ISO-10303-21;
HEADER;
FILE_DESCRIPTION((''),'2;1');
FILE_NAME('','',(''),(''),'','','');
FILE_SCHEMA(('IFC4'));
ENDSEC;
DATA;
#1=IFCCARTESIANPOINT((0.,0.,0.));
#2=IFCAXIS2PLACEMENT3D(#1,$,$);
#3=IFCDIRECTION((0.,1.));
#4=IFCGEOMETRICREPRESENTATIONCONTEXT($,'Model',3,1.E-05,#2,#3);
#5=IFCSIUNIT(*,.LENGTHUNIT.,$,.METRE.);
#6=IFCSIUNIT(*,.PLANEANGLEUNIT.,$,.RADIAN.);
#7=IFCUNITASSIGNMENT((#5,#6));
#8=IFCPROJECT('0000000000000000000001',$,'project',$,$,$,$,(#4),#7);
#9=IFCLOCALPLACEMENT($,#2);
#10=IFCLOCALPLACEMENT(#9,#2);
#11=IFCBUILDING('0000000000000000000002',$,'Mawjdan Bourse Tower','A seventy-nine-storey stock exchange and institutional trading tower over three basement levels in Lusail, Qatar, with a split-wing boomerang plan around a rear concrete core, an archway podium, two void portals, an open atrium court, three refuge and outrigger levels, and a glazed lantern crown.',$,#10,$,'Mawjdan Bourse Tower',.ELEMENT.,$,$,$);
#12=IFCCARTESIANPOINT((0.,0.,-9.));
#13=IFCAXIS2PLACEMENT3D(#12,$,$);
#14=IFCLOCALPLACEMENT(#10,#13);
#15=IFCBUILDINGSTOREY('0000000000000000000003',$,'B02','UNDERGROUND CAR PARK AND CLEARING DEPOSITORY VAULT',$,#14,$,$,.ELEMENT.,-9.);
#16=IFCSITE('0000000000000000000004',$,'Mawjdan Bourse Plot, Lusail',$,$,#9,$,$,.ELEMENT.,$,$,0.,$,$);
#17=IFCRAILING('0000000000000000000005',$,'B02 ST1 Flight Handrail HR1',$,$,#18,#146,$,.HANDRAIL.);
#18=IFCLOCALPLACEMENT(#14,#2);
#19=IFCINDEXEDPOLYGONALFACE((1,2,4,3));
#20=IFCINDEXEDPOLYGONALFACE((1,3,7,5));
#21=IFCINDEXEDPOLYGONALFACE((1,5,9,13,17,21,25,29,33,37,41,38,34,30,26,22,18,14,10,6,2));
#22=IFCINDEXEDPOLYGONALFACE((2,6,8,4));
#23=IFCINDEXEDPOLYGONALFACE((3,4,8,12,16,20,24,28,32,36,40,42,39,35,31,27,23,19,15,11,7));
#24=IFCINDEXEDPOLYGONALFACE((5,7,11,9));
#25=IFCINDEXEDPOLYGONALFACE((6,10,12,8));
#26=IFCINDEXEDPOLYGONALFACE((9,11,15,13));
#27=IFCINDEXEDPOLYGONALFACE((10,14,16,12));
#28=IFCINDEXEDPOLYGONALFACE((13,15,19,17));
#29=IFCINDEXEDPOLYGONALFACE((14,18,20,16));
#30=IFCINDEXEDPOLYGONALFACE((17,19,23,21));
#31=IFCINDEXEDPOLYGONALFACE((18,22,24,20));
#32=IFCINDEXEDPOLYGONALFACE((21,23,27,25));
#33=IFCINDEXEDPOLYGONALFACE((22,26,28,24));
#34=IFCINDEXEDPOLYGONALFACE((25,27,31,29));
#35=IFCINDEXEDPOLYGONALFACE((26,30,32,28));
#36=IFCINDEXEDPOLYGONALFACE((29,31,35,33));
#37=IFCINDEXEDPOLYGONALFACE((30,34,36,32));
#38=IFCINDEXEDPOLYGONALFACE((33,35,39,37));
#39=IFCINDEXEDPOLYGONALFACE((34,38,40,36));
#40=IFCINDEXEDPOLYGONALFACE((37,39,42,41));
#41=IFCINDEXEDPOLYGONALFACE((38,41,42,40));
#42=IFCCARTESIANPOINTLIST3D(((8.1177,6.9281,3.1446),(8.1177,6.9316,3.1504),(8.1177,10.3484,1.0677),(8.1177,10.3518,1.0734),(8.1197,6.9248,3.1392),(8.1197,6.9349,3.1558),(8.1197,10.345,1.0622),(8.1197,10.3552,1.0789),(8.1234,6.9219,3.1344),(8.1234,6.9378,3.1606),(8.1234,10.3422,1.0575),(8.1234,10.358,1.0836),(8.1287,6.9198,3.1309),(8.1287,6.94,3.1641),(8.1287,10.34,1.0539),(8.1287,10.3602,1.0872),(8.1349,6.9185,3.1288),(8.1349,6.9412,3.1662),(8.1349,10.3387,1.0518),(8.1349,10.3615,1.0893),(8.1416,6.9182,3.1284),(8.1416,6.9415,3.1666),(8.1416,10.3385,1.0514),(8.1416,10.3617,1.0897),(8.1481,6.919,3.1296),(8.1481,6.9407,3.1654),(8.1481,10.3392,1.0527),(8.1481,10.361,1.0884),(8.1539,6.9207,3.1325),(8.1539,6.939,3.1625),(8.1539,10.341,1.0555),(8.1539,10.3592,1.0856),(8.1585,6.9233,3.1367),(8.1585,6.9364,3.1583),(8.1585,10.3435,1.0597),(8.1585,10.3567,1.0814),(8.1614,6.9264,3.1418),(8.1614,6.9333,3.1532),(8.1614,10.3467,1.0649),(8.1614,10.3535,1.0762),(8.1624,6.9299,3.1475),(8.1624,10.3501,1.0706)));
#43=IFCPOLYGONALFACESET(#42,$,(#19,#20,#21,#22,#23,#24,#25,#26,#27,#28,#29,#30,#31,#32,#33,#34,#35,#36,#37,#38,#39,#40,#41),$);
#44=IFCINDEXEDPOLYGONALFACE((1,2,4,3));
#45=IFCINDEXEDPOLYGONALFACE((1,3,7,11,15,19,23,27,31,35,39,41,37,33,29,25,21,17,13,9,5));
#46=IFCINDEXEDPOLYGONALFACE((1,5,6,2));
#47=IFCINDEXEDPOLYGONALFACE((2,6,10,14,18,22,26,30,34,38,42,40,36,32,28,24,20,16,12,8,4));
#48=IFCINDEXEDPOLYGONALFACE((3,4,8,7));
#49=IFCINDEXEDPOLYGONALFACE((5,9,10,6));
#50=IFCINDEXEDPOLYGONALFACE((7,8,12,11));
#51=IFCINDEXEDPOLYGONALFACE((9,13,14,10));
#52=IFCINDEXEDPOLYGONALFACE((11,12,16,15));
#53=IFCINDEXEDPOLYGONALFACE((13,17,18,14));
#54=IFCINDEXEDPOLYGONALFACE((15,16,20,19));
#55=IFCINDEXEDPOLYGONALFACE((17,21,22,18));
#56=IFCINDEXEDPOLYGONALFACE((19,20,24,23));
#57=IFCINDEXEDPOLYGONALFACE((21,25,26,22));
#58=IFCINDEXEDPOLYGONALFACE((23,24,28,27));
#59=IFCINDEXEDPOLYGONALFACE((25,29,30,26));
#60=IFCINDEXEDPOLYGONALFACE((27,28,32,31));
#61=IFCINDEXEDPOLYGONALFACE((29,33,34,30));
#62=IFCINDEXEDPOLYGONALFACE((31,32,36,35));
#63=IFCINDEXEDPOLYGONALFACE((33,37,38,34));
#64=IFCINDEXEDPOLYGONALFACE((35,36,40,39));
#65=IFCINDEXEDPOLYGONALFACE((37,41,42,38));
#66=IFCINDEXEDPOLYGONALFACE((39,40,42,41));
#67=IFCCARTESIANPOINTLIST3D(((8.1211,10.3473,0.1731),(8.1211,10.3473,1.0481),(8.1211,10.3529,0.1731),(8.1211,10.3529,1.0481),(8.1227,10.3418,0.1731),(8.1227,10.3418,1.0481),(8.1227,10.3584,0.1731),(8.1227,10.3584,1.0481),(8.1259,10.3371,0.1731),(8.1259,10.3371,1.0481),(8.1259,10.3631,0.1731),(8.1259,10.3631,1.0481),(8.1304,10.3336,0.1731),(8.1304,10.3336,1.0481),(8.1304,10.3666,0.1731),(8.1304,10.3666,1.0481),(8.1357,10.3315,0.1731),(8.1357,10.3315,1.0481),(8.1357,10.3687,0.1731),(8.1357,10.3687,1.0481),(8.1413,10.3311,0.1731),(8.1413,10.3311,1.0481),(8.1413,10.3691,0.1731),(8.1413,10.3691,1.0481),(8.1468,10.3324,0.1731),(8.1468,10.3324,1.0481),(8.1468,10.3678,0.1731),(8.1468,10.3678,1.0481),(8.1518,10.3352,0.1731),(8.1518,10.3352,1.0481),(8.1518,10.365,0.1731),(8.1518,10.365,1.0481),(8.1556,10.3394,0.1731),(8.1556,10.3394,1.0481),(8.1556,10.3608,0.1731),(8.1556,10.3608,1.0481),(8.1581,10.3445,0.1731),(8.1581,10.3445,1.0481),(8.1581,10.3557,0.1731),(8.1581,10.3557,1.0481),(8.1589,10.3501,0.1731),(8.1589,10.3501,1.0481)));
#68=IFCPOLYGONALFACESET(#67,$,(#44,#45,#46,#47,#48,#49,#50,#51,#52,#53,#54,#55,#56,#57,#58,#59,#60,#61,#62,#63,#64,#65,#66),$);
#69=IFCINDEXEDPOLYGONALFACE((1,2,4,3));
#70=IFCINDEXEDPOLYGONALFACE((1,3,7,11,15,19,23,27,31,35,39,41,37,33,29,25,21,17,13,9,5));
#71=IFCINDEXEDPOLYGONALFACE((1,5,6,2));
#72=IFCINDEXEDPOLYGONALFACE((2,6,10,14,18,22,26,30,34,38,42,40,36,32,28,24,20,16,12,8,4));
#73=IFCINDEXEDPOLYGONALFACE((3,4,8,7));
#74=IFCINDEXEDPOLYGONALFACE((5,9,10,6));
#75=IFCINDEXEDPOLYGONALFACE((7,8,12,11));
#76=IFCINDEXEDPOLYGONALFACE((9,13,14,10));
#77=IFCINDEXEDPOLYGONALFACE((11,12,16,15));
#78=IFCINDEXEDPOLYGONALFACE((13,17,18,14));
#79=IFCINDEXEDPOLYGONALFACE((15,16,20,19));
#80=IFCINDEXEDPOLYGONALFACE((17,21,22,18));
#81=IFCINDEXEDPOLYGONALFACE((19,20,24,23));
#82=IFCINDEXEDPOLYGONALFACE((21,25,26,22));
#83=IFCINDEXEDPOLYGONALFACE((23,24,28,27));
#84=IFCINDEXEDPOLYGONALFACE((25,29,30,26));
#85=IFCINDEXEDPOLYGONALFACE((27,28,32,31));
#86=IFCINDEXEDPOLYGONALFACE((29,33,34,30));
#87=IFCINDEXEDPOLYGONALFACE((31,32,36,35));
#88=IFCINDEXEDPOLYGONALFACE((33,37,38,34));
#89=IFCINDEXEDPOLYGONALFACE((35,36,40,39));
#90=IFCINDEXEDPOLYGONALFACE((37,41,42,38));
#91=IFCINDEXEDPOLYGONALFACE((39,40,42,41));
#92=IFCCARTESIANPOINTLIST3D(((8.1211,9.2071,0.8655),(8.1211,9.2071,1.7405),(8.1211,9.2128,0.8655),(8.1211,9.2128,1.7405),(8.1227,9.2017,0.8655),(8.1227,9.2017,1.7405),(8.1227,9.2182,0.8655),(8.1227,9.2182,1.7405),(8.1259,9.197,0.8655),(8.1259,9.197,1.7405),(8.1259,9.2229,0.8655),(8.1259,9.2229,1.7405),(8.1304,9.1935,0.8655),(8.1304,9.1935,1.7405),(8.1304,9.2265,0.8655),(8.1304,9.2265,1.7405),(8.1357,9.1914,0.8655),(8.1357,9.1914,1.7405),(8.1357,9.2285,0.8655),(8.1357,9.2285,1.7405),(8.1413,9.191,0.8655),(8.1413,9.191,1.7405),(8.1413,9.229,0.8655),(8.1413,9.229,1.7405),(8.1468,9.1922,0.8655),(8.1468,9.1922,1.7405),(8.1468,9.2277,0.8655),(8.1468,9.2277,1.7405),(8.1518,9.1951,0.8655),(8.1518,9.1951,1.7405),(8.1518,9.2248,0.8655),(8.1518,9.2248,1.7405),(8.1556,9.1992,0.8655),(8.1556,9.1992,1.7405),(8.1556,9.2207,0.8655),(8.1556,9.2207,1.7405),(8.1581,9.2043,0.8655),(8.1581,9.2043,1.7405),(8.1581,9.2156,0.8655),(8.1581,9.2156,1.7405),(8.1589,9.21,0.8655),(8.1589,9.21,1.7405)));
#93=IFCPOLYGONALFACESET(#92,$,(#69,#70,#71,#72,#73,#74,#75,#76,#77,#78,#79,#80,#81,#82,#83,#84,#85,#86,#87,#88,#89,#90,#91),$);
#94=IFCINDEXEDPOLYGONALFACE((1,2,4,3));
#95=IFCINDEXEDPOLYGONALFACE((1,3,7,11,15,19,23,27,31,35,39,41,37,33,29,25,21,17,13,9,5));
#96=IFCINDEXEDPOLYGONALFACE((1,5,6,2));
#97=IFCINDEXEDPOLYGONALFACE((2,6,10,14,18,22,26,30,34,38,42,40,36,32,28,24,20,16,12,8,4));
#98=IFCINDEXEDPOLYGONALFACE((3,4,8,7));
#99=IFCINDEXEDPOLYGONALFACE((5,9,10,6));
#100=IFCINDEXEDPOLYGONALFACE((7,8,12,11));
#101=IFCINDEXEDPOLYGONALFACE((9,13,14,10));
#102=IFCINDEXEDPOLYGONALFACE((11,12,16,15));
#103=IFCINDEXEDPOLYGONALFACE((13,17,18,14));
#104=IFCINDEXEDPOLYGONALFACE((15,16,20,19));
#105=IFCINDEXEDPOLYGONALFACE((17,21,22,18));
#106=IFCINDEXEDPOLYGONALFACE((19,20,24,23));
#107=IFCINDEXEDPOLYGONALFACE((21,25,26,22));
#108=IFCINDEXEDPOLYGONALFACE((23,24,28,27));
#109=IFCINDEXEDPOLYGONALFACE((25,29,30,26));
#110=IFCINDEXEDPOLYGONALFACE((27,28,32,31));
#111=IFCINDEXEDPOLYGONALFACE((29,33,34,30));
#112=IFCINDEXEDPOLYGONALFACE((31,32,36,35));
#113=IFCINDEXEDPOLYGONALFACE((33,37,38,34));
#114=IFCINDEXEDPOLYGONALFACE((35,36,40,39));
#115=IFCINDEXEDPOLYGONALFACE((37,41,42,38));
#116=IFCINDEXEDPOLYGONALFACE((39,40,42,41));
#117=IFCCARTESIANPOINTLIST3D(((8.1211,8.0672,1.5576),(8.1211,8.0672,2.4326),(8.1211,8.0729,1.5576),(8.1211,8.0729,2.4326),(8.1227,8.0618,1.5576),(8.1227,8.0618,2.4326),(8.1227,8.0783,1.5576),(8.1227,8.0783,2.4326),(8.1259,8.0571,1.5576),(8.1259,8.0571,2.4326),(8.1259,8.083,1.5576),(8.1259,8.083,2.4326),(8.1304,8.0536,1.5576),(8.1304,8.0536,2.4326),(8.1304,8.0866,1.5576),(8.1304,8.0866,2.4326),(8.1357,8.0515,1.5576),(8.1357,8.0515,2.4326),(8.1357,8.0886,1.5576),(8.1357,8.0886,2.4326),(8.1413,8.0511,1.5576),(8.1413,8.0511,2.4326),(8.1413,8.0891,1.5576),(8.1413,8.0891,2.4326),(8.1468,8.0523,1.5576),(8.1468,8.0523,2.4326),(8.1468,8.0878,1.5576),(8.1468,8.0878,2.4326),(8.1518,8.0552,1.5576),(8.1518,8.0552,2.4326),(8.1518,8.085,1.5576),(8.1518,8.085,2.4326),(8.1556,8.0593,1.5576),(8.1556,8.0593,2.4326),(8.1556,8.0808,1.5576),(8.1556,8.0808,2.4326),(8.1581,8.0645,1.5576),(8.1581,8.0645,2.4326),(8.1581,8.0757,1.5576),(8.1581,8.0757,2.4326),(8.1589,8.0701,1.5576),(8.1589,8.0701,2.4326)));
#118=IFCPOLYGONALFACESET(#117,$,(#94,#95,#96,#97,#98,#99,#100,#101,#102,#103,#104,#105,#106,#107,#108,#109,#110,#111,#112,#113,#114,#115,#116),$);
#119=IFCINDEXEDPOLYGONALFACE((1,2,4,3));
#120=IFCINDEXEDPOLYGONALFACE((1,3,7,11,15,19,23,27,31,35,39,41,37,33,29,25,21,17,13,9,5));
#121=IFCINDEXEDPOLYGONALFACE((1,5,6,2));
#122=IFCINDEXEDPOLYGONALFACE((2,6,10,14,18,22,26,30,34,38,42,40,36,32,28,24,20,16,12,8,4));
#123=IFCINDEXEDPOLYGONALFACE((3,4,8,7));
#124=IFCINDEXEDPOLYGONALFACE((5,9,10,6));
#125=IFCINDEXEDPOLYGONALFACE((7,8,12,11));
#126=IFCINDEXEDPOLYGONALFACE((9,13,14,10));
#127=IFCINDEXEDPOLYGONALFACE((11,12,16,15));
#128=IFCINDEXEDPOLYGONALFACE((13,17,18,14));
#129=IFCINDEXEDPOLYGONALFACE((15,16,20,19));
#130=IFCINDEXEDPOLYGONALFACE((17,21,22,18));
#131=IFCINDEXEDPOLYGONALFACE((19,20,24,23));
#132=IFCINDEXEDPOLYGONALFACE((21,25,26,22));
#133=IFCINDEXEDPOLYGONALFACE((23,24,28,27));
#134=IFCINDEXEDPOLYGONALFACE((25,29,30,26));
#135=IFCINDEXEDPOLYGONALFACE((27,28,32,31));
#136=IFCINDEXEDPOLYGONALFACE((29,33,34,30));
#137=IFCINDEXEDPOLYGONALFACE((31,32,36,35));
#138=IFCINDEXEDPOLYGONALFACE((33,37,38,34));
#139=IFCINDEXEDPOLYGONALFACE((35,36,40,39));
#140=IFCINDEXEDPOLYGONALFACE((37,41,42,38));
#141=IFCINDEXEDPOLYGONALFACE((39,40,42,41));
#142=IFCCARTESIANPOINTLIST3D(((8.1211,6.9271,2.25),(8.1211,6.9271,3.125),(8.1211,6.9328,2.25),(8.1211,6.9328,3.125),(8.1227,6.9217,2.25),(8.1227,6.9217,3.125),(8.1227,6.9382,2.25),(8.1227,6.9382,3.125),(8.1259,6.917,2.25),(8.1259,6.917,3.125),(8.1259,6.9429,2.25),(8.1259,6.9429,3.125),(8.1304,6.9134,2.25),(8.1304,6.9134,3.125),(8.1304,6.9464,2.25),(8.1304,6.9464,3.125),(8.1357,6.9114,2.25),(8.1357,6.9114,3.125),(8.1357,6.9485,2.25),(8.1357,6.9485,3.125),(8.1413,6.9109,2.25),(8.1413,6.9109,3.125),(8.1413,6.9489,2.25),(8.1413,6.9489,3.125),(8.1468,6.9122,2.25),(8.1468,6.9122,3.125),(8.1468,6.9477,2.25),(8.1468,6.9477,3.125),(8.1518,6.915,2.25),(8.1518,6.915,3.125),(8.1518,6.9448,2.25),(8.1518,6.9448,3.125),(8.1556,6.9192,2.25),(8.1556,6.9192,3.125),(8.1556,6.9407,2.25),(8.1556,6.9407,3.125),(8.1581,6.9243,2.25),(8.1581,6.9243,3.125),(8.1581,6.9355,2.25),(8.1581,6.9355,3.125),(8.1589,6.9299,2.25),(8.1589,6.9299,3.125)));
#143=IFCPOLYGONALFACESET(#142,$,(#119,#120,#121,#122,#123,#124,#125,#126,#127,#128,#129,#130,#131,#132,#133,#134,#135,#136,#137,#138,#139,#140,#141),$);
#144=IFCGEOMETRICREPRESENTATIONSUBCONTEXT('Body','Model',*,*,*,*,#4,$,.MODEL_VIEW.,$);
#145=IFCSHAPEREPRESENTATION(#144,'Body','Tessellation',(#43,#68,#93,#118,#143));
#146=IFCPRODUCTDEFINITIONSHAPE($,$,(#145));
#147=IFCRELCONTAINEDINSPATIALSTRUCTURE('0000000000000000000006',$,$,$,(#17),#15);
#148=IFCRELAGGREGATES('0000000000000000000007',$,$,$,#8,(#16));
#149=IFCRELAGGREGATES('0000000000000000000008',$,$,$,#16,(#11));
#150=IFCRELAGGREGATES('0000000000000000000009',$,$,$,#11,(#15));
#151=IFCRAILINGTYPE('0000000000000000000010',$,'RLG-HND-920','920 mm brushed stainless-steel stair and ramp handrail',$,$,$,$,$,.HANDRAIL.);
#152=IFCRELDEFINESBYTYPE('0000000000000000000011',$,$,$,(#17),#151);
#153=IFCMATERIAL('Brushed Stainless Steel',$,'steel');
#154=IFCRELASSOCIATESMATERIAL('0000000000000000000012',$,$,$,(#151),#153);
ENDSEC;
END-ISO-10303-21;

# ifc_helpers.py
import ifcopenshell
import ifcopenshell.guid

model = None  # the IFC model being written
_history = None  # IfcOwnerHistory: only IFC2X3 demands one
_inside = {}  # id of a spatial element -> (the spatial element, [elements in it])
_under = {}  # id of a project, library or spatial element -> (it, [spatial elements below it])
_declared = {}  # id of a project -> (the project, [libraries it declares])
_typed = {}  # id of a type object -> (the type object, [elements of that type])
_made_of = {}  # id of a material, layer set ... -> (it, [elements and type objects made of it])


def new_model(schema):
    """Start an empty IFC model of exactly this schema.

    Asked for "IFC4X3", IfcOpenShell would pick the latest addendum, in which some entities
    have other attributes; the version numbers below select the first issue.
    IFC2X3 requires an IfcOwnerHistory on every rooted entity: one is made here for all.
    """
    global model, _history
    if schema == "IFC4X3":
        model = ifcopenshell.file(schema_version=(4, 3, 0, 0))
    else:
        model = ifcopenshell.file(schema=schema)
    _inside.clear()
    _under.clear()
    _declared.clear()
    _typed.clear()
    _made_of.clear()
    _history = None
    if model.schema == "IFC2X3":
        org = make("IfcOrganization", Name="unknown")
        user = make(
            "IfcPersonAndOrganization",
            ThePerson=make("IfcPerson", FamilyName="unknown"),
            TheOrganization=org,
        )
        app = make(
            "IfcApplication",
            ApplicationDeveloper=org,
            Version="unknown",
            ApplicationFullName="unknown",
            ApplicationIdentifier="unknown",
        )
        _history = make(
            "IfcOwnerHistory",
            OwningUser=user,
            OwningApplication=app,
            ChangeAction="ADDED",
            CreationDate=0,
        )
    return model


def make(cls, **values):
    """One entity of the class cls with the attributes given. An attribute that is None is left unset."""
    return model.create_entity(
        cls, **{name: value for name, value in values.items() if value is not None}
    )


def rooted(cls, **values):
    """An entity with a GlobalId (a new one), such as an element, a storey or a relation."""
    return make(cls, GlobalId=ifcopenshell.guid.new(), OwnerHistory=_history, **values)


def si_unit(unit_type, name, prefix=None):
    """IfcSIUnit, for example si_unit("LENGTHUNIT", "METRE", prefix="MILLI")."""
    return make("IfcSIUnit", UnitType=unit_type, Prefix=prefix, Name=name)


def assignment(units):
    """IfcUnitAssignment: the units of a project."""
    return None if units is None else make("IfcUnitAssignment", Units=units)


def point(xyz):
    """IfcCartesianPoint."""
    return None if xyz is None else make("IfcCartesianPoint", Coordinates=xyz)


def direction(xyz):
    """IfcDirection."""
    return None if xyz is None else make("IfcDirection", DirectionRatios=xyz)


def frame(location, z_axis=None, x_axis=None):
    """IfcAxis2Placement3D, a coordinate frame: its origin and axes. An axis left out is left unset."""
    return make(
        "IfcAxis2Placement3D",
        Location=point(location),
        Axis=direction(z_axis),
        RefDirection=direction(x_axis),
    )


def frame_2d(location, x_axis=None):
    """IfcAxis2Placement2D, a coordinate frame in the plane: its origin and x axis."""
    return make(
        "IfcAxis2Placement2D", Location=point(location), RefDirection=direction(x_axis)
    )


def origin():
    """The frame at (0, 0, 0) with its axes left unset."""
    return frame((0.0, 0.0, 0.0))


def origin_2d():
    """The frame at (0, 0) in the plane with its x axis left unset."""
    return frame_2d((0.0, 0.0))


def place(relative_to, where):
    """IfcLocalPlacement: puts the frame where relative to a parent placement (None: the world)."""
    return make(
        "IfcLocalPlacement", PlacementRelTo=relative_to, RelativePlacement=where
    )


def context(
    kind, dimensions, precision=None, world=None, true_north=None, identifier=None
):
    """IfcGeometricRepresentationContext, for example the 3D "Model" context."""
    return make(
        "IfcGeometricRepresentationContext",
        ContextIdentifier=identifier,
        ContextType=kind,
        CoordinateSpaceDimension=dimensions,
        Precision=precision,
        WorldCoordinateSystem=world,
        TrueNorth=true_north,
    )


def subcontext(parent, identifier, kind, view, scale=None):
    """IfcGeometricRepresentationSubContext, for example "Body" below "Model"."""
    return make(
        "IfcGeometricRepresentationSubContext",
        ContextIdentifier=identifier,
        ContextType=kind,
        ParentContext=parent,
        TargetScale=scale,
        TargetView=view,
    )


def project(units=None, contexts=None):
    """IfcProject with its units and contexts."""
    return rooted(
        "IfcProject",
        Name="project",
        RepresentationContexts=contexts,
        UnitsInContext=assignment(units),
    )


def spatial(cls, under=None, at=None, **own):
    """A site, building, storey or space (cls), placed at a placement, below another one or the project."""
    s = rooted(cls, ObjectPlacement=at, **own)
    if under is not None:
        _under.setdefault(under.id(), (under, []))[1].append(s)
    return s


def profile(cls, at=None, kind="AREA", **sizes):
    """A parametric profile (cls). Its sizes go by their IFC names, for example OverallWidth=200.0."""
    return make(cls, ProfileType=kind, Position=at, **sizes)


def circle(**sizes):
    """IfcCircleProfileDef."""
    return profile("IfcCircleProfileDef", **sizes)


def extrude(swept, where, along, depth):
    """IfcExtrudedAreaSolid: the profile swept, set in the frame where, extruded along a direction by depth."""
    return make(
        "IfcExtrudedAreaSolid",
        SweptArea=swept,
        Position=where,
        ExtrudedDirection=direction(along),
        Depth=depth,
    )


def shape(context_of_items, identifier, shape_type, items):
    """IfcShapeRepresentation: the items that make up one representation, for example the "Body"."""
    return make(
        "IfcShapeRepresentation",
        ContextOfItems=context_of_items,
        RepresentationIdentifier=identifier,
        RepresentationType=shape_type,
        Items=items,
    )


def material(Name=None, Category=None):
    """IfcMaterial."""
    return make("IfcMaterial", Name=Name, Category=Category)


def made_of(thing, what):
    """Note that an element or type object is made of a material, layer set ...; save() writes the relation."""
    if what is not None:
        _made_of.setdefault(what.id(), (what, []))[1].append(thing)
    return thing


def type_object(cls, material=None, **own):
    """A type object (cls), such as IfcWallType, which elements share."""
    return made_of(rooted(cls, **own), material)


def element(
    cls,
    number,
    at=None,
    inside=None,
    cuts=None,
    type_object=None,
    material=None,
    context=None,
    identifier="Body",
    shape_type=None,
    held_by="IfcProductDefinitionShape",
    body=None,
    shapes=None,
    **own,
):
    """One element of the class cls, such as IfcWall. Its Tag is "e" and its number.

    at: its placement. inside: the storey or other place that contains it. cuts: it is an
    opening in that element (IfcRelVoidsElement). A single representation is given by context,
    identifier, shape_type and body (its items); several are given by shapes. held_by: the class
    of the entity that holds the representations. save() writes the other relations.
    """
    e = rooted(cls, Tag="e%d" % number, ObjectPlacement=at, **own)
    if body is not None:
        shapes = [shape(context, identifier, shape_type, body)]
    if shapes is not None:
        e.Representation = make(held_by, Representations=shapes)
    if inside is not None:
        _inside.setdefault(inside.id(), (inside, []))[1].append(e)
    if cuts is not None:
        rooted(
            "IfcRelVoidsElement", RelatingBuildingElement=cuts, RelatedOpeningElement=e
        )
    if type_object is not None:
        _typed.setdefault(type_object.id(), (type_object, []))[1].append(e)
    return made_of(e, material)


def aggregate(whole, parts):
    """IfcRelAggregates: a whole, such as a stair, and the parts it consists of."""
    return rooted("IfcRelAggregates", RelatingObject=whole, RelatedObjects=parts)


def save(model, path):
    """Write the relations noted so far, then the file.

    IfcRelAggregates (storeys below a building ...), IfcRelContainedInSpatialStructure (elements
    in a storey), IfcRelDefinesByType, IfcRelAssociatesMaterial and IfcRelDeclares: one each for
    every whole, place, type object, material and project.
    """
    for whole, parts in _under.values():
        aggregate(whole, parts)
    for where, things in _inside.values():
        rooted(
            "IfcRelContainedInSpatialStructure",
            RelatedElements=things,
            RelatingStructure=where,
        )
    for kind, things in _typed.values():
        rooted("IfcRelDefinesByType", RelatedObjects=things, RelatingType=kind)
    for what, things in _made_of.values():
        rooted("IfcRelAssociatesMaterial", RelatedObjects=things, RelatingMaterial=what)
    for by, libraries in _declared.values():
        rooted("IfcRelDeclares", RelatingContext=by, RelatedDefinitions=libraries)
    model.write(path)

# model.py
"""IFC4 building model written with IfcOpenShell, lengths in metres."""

from ifc_helpers import new_model, si_unit, direction, frame, origin, origin_2d, place, context, subcontext, project, spatial, circle, extrude, material, type_object, element, save


model = new_model("IFC4")

# Units and contexts
model_context = context("Model", 3, precision=1e-05, world=origin(), true_north=direction((0.0, 1.0)))
body_context = subcontext(model_context, "Body", "Model", "MODEL_VIEW")
ifc_project = project(units=[si_unit("LENGTHUNIT", "METRE"), si_unit("PLANEANGLEUNIT", "RADIAN")], contexts=[model_context])

# Site, building, storey
site_placement = place(None, origin())
site = spatial("IfcSite", under=ifc_project, at=site_placement, Name="Mawjdan Bourse Plot, Lusail", CompositionType="ELEMENT", RefElevation=0.0)
building_placement = place(site_placement, origin())
building = spatial("IfcBuilding", under=site, at=building_placement, Name="Mawjdan Bourse Tower", Description="A seventy-nine-storey stock exchange and institutional trading tower over three basement levels in Lusail, Qatar, with a split-wing boomerang plan around a rear concrete core, an archway podium, two void portals, an open atrium court, three refuge and outrigger levels, and a glazed lantern crown.", LongName="Mawjdan Bourse Tower", CompositionType="ELEMENT")
storey_placement = place(building_placement, frame((0.0, 0.0, -9.0)))
storey = spatial("IfcBuildingStorey", under=building, at=storey_placement, Name="B02", Description="UNDERGROUND CAR PARK AND CLEARING DEPOSITORY VAULT", CompositionType="ELEMENT", Elevation=-9.0)

# Shared definitions
ifc_material_1 = material(Name="Brushed Stainless Steel", Category="steel")

# Railing
railing_type = type_object("IfcRailingType", Name="RLG-HND-920", Description="920 mm brushed stainless-steel stair and ramp handrail", PredefinedType="HANDRAIL", material=ifc_material_1)
railing_1_placement = place(storey_placement, frame((8.1399, 10.3501, 0.1731)))
element("IfcRailing", 1, at=railing_1_placement, inside=storey, type_object=railing_type, Name="B02 ST1 Flight Handrail HR1", PredefinedType="HANDRAIL", context=body_context, shape_type="SweptSolid", body=[
    extrude(circle(Radius=0.0225, at=origin_2d()), frame((0.0, 0.0, 0.8975), z_axis=(0.0, -0.854746, 0.519047), x_axis=(1.0, 0.0, 0.0)), (0.0, 0.0, 1.0), 4.0015),
    extrude(circle(Radius=0.019, at=origin_2d()), origin(), (0.0, 0.0, 1.0), 0.875),
    extrude(circle(Radius=0.019, at=origin_2d()), frame((0.0, -1.1401, 0.6924)), (0.0, 0.0, 1.0), 0.875),
    extrude(circle(Radius=0.019, at=origin_2d()), frame((0.0, -2.28, 1.3845)), (0.0, 0.0, 1.0), 0.875),
    extrude(circle(Radius=0.019, at=origin_2d()), frame((0.0, -3.4202, 2.0769)), (0.0, 0.0, 1.0), 0.875),
])

save(model, "model.ifc")
